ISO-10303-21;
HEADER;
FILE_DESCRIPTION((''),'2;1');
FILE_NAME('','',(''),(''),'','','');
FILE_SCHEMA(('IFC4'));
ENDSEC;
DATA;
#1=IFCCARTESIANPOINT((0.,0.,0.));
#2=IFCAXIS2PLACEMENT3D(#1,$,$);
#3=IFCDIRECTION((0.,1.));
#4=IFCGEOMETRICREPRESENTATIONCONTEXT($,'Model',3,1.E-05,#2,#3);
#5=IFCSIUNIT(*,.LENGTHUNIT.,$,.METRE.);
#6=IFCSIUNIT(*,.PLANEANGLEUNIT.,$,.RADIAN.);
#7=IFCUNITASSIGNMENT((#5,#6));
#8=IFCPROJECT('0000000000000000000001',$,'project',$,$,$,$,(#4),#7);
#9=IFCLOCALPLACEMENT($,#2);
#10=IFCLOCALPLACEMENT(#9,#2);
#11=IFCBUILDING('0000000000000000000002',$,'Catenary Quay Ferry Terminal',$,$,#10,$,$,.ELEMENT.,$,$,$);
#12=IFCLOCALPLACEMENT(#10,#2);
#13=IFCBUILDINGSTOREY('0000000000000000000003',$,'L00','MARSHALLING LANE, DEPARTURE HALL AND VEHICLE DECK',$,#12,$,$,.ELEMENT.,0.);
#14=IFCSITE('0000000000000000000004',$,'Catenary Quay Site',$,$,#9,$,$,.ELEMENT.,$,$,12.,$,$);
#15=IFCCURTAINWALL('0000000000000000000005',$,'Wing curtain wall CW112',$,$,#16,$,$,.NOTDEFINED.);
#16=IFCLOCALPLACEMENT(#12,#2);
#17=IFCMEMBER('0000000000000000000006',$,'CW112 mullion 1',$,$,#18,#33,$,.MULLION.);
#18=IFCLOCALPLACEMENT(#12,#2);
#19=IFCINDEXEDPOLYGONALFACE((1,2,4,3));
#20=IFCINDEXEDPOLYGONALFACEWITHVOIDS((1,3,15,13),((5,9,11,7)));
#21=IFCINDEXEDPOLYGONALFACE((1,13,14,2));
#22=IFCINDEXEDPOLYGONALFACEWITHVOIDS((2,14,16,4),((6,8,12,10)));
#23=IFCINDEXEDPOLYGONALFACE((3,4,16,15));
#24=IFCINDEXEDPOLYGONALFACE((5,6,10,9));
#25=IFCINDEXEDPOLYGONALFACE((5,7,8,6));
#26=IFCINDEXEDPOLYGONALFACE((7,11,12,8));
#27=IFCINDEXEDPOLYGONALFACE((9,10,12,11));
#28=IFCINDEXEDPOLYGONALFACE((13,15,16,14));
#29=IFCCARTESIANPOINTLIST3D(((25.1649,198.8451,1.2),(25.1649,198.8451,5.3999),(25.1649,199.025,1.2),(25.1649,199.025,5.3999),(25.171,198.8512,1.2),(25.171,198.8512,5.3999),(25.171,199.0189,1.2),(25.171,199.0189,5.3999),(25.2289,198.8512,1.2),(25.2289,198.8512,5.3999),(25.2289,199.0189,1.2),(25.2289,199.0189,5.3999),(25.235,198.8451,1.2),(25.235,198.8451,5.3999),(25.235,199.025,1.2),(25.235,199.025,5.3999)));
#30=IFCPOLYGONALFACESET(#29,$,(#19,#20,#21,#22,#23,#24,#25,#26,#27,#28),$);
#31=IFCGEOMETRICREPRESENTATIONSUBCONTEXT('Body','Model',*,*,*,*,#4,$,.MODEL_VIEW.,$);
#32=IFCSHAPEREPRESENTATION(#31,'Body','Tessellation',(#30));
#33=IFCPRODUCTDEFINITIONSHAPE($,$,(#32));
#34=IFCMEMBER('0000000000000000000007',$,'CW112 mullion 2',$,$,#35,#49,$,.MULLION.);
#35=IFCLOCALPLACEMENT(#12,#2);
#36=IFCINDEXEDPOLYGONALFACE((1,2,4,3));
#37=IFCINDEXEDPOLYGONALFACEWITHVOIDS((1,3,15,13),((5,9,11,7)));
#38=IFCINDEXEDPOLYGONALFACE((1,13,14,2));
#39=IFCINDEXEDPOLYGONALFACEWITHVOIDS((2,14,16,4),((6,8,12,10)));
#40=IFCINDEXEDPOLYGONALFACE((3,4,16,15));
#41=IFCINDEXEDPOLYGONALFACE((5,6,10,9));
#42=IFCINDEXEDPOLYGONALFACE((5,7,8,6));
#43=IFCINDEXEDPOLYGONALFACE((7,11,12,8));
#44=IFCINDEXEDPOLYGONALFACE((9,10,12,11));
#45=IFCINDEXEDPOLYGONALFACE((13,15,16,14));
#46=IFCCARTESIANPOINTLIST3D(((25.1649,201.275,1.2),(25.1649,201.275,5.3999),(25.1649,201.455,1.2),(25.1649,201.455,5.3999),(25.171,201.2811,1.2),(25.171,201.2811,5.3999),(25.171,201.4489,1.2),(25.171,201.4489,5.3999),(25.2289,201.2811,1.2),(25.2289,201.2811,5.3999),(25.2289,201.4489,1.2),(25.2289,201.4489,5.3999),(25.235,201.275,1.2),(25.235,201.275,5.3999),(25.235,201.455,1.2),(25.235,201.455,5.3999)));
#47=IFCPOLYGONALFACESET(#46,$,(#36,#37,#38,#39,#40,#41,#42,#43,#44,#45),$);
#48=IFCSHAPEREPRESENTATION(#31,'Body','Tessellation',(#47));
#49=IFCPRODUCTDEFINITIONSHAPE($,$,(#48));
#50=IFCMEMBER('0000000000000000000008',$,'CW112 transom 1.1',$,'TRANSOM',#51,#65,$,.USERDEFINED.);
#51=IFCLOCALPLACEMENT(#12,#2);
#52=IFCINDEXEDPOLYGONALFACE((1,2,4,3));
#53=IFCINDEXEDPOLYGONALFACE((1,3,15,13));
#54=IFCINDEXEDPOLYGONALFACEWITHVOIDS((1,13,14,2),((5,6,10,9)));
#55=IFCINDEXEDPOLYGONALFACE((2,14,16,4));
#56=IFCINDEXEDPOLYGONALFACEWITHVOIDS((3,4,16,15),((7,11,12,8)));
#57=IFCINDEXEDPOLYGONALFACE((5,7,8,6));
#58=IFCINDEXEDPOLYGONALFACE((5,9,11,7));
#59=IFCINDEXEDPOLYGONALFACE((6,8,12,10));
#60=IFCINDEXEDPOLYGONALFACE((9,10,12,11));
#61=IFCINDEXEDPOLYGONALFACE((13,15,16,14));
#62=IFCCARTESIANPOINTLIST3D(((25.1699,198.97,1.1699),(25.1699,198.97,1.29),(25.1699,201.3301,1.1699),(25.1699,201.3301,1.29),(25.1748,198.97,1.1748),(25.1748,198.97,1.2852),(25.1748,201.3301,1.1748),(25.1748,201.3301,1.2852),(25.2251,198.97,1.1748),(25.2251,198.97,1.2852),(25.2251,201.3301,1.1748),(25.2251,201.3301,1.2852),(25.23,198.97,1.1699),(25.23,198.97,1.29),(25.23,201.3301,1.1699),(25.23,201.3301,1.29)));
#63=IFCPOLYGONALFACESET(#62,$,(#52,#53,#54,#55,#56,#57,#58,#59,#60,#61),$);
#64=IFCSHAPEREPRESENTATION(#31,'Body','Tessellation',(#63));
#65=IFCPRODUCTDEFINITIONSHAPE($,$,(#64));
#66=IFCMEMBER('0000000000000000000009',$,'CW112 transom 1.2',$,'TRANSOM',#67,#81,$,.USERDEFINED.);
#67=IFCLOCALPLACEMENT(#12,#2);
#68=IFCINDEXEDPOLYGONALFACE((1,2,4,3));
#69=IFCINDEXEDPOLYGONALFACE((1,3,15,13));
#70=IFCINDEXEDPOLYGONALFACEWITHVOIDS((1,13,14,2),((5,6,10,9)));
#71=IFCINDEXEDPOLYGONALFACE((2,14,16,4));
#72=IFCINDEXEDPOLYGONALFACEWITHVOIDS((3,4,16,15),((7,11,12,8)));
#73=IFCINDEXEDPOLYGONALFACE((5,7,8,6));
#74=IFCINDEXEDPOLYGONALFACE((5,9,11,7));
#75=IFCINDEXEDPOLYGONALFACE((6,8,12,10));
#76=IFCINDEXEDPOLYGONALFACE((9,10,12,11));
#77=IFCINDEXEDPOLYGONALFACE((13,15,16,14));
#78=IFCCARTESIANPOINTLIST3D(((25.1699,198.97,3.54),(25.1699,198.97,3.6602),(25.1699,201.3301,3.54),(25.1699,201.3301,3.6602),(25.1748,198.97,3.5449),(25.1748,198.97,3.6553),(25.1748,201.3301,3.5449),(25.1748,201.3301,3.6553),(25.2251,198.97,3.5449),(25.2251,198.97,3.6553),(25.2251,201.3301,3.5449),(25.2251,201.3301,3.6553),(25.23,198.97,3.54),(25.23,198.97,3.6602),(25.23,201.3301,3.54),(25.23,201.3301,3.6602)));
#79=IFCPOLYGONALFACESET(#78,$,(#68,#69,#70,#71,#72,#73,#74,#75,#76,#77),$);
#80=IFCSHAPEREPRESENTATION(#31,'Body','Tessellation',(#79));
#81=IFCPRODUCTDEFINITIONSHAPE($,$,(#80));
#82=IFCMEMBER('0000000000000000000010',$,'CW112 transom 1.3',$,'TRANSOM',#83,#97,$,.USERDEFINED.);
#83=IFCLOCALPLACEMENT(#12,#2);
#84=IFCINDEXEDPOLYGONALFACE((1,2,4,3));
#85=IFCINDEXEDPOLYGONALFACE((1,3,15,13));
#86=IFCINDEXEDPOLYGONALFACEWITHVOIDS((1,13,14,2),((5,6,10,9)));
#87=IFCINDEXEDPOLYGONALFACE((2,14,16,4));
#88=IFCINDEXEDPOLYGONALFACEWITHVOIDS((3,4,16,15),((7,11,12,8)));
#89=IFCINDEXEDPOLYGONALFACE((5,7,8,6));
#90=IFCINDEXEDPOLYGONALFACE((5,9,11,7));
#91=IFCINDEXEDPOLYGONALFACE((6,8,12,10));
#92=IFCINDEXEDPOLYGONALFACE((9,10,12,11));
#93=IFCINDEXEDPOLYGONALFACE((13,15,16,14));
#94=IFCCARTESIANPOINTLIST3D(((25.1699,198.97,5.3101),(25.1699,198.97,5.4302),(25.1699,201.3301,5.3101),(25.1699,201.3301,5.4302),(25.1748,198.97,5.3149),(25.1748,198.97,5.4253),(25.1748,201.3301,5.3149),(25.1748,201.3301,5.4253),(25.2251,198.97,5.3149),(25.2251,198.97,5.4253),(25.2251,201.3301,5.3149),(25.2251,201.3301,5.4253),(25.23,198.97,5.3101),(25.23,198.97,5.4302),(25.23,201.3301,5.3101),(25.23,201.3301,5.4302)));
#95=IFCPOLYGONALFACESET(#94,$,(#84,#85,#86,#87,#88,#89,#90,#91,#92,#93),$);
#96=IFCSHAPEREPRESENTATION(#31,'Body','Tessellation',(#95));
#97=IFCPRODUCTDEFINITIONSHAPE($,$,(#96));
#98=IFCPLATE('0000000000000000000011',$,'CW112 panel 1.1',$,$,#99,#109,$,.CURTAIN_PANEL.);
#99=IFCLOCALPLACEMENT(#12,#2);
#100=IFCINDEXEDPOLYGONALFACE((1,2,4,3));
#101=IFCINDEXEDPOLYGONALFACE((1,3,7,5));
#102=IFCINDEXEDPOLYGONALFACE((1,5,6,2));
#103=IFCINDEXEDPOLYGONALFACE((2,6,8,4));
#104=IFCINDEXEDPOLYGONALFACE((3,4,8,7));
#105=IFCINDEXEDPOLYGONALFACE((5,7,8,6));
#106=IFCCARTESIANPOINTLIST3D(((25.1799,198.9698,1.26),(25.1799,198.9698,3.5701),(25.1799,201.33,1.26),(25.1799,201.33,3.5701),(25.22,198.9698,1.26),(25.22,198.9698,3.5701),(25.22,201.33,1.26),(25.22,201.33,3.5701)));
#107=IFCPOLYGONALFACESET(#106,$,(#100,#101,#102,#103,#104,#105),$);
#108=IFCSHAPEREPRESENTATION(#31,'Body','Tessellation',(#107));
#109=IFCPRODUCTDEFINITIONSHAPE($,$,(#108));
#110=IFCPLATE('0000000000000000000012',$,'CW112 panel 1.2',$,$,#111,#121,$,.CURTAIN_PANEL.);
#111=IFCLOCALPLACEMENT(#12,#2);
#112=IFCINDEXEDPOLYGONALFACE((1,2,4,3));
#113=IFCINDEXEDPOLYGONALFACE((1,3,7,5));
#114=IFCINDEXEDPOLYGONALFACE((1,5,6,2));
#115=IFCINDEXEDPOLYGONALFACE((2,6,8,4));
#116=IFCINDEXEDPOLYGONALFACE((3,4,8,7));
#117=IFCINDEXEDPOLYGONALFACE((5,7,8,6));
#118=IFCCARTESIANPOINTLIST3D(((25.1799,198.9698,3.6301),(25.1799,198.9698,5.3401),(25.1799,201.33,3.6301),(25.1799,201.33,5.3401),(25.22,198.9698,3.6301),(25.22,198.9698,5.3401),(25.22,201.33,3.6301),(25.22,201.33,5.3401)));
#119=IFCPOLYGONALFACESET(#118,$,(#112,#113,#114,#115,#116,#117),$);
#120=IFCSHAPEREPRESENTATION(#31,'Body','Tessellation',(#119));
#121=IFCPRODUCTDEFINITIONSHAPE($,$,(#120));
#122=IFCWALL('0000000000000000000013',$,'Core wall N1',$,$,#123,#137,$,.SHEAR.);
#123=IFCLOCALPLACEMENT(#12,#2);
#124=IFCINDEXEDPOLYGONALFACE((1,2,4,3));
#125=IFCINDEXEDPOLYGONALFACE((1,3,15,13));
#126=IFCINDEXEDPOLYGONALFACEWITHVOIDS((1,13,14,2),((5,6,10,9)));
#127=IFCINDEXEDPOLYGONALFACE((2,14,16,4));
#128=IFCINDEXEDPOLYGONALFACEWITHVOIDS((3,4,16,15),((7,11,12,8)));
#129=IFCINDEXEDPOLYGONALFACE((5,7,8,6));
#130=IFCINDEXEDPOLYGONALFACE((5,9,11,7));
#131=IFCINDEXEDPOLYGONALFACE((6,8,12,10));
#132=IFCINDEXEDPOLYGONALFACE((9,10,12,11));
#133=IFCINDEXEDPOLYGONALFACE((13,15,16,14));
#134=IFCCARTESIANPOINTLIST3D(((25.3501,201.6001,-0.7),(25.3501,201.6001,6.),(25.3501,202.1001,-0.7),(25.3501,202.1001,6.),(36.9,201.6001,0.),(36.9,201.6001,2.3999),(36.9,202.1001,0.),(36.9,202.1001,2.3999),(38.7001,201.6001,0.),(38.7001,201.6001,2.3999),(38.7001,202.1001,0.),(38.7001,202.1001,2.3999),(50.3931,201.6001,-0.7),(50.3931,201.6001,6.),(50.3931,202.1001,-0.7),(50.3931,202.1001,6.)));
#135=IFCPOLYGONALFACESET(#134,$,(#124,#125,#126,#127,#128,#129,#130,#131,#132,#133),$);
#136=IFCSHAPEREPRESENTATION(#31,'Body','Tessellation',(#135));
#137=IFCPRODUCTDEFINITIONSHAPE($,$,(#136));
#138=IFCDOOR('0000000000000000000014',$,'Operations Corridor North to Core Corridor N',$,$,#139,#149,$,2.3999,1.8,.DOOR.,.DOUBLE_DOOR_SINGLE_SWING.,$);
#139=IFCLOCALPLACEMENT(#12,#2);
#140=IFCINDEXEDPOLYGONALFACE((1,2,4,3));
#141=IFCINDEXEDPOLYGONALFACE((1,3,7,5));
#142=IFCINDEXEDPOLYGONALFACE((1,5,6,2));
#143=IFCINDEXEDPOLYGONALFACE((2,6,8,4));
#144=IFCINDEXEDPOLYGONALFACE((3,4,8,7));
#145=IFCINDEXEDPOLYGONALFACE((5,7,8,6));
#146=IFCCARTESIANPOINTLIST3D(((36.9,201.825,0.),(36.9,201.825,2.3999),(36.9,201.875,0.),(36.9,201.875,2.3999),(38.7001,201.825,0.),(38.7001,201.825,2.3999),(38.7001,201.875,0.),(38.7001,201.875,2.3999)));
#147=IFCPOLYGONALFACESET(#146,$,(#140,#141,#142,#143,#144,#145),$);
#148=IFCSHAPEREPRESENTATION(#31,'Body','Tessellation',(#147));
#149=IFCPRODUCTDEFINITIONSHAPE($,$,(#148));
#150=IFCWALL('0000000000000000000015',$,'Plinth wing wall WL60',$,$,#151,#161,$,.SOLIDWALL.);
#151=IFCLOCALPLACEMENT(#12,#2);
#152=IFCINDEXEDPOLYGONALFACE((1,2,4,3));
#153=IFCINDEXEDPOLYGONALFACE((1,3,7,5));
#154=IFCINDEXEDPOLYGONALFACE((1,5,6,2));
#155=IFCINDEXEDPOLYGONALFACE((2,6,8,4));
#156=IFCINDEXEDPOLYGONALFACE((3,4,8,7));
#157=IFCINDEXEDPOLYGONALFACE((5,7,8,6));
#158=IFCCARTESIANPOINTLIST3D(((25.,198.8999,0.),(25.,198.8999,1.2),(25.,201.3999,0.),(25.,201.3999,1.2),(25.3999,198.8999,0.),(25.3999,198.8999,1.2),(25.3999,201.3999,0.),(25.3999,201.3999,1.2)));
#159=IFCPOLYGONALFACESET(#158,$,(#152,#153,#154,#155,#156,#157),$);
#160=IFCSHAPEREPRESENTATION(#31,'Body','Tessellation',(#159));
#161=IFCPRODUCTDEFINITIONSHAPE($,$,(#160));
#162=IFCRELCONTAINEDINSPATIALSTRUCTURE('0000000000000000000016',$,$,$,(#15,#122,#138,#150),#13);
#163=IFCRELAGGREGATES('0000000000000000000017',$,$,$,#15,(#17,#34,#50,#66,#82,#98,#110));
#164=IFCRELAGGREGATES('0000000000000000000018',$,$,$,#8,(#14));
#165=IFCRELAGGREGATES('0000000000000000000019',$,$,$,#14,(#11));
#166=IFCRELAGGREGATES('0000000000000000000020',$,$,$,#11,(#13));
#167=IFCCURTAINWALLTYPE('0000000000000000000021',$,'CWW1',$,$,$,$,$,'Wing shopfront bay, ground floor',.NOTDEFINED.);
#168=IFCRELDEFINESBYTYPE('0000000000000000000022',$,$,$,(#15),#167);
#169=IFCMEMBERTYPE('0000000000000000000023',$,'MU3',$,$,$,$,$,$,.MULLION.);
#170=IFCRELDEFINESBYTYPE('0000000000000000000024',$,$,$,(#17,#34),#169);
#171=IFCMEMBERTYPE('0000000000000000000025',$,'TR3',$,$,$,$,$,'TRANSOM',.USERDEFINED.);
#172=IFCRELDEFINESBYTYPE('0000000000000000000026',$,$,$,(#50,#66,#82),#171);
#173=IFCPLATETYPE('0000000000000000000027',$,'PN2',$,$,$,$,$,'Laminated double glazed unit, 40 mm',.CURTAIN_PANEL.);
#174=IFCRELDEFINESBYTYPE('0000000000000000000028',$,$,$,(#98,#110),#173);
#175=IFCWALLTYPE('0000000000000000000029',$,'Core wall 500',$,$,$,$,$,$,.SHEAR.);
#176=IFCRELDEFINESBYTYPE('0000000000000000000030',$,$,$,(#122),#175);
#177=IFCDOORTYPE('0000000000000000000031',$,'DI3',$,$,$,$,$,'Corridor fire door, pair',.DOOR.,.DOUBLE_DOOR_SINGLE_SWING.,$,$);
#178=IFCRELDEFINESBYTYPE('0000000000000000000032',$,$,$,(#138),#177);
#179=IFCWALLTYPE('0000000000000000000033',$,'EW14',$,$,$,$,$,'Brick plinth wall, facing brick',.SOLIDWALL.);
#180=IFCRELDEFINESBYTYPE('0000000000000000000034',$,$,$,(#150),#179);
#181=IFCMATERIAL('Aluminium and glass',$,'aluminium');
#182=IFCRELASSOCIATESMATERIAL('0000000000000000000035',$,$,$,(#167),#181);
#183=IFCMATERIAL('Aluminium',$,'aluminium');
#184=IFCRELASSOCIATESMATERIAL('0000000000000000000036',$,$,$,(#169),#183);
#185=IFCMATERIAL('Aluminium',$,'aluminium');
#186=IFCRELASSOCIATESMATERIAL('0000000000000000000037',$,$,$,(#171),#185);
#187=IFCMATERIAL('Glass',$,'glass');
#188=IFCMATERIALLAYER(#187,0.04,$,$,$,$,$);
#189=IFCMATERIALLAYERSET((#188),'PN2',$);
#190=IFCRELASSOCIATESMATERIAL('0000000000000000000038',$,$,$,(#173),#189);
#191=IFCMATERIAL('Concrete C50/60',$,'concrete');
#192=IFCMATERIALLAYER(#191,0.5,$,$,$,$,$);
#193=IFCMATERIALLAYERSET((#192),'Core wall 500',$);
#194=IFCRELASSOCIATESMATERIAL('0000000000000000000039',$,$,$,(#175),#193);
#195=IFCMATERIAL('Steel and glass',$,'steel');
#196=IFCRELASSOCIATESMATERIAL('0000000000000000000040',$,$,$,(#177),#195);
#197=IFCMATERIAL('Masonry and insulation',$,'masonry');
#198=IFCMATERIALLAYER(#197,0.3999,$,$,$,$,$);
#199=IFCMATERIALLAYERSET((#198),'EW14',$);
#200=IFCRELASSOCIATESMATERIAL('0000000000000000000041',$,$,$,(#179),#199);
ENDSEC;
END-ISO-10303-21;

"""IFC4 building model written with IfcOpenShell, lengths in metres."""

from ifc_helpers import new_model, si_unit, direction, frame, frame_2d, origin, origin_2d, place, context, subcontext, project, spatial, rectangle, hollow_rectangle, extrude, material, layer, layer_set, material_profile, profile_set, type_object, element, fill, aggregate, save


model = new_model("IFC4")

# Units and contexts
model_context = context("Model", 3, precision=1e-05, world=origin(), true_north=direction((0.0, 1.0)))
body_context = subcontext(model_context, "Body", "Model", "MODEL_VIEW")
ifc_project = project(units=[si_unit("LENGTHUNIT", "METRE"), si_unit("PLANEANGLEUNIT", "RADIAN")], contexts=[model_context])

# Site, building, storey
site_placement = place(None, origin())
site = spatial("IfcSite", under=ifc_project, at=site_placement, Name="Catenary Quay Site", CompositionType="ELEMENT", RefElevation=12.0)
building_placement = place(site_placement, origin())
building = spatial("IfcBuilding", under=site, at=building_placement, Name="Catenary Quay Ferry Terminal", CompositionType="ELEMENT")
storey_placement = place(building_placement, origin())
storey = spatial("IfcBuildingStorey", under=building, at=storey_placement, Name="L00", Description="MARSHALLING LANE, DEPARTURE HALL AND VEHICLE DECK", CompositionType="ELEMENT", Elevation=0.0)

# Shared definitions
ifc_material_1 = material(Name="Aluminium and glass", Category="aluminium")
curtain_wall_type = type_object("IfcCurtainWallType", Name="CWW1", ElementType="Wing shopfront bay, ground floor", PredefinedType="NOTDEFINED", material=ifc_material_1)
ifc_material_2 = material(Name="Aluminium", Category="aluminium")
ifc_material_profile_1 = material_profile(ifc_material_2, hollow_rectangle(XDim=0.0701, YDim=0.1799, WallThickness=0.0061, at=origin_2d()), Name="MU3")
ifc_profile_set_1 = profile_set([ifc_material_profile_1], Name="Aluminium")
member_type_1 = type_object("IfcMemberType", Name="MU3", PredefinedType="MULLION", material=ifc_profile_set_1)

# Curtain wall, members, plates
curtain_wall_1_placement = place(storey_placement, origin())
curtain_wall_1 = element("IfcCurtainWall", 1, at=curtain_wall_1_placement, inside=storey, type_object=curtain_wall_type, Name="Wing curtain wall CW112", PredefinedType="NOTDEFINED")
member_1_placement = place(storey_placement, frame((25.2, 198.9351, 1.2), z_axis=(0.0, 0.0, 1.0), x_axis=(-1.0, 0.0, 0.0)))
member_1 = element("IfcMember", 2, at=member_1_placement, type_object=member_type_1, Name="CW112 mullion 1", PredefinedType="MULLION", context=body_context, shape_type="SweptSolid", body=[
    extrude(hollow_rectangle(XDim=0.0701, YDim=0.1799, WallThickness=0.0061, at=origin_2d()), origin(), (0.0, 0.0, 1.0), 4.2),
])
member_2_placement = place(storey_placement, frame((25.2, 201.365, 1.2), z_axis=(0.0, 0.0, 1.0), x_axis=(-1.0, 0.0, 0.0)))
member_2 = element("IfcMember", 3, at=member_2_placement, type_object=member_type_1, Name="CW112 mullion 2", PredefinedType="MULLION", context=body_context, shape_type="SweptSolid", body=[
    extrude(hollow_rectangle(XDim=0.0701, YDim=0.1799, WallThickness=0.0061, at=origin_2d()), origin(), (0.0, 0.0, 1.0), 4.2),
])
ifc_material_3 = material(Name="Aluminium", Category="aluminium")
ifc_material_profile_2 = material_profile(ifc_material_3, hollow_rectangle(XDim=0.0601, YDim=0.1201, WallThickness=0.0049, at=origin_2d()), Name="TR3")
ifc_profile_set_2 = profile_set([ifc_material_profile_2], Name="Aluminium")
member_type_2 = type_object("IfcMemberType", Name="TR3", ElementType="TRANSOM", PredefinedType="USERDEFINED", material=ifc_profile_set_2)
member_3_placement = place(storey_placement, frame((25.2, 198.97, 1.23), z_axis=(0.0, 1.0, 0.0), x_axis=(-1.0, 0.0, 0.0)))
member_3 = element("IfcMember", 4, at=member_3_placement, type_object=member_type_2, Name="CW112 transom 1.1", ObjectType="TRANSOM", PredefinedType="USERDEFINED", context=body_context, shape_type="SweptSolid", body=[
    extrude(hollow_rectangle(XDim=0.0601, YDim=0.1201, WallThickness=0.0049, at=origin_2d()), origin(), (0.0, 0.0, 1.0), 2.3601),
])
member_4_placement = place(storey_placement, frame((25.2, 198.97, 3.6001), z_axis=(0.0, 1.0, 0.0), x_axis=(-1.0, 0.0, 0.0)))
member_4 = element("IfcMember", 5, at=member_4_placement, type_object=member_type_2, Name="CW112 transom 1.2", ObjectType="TRANSOM", PredefinedType="USERDEFINED", context=body_context, shape_type="SweptSolid", body=[
    extrude(hollow_rectangle(XDim=0.0601, YDim=0.1201, WallThickness=0.0049, at=origin_2d()), origin(), (0.0, 0.0, 1.0), 2.3601),
])
member_5_placement = place(storey_placement, frame((25.2, 198.97, 5.3701), z_axis=(0.0, 1.0, 0.0), x_axis=(-1.0, 0.0, 0.0)))
member_5 = element("IfcMember", 6, at=member_5_placement, type_object=member_type_2, Name="CW112 transom 1.3", ObjectType="TRANSOM", PredefinedType="USERDEFINED", context=body_context, shape_type="SweptSolid", body=[
    extrude(hollow_rectangle(XDim=0.0601, YDim=0.1201, WallThickness=0.0049, at=origin_2d()), origin(), (0.0, 0.0, 1.0), 2.3601),
])
ifc_material_4 = material(Name="Glass", Category="glass")
ifc_layer_1 = layer(ifc_material_4, 0.04)
ifc_layer_set_1 = layer_set([ifc_layer_1], Name="PN2")
plate_type = type_object("IfcPlateType", Name="PN2", ElementType="Laminated double glazed unit, 40 mm", PredefinedType="CURTAIN_PANEL", material=ifc_layer_set_1)
plate_1_placement = place(storey_placement, frame((25.2, 200.1499, 1.26), z_axis=(0.0, 0.0, 1.0), x_axis=(0.0, 1.0, 0.0)))
plate_1 = element("IfcPlate", 7, at=plate_1_placement, type_object=plate_type, Name="CW112 panel 1.1", PredefinedType="CURTAIN_PANEL", context=body_context, shape_type="SweptSolid", body=[
    extrude(rectangle(XDim=2.3601, YDim=0.04, at=origin_2d()), origin(), (0.0, 0.0, 1.0), 2.3101),
])
plate_2_placement = place(storey_placement, frame((25.2, 200.1499, 3.6301), z_axis=(0.0, 0.0, 1.0), x_axis=(0.0, 1.0, 0.0)))
plate_2 = element("IfcPlate", 8, at=plate_2_placement, type_object=plate_type, Name="CW112 panel 1.2", PredefinedType="CURTAIN_PANEL", context=body_context, shape_type="SweptSolid", body=[
    extrude(rectangle(XDim=2.3601, YDim=0.04, at=origin_2d()), origin(), (0.0, 0.0, 1.0), 1.71),
])
aggregate(curtain_wall_1, [member_1, member_2, member_3, member_4, member_5, plate_1, plate_2])

# Wall, opening, door
ifc_material_5 = material(Name="Concrete C50/60", Category="concrete")
ifc_layer_2 = layer(ifc_material_5, 0.5)
ifc_layer_set_2 = layer_set([ifc_layer_2], Name="Core wall 500")
wall_type_1 = type_object("IfcWallType", Name="Core wall 500", PredefinedType="SHEAR", material=ifc_layer_set_2)
wall_1_placement = place(storey_placement, frame((25.3501, 201.8501, -0.7), z_axis=(0.0, 0.0, 1.0), x_axis=(1.0, 0.0, 0.0)))
wall_1 = element("IfcWall", 9, at=wall_1_placement, inside=storey, type_object=wall_type_1, Name="Core wall N1", PredefinedType="SHEAR", context=body_context, shape_type="SweptSolid", body=[
    extrude(rectangle(XDim=25.043, YDim=0.5, at=frame_2d((12.5215, 0.0))), origin(), (0.0, 0.0, 1.0), 6.7),
])
opening_1_placement = place(wall_1_placement, frame((11.55, 0.0, 0.7)))
opening_1 = element("IfcOpeningElement", 10, at=opening_1_placement, cuts=wall_1, PredefinedType="OPENING", context=body_context, shape_type="SweptSolid", body=[
    extrude(rectangle(XDim=1.8, YDim=2.3999, at=frame_2d((0.8999, 1.2))), frame((0.0, 0.26, 0.0), z_axis=(0.0, -1.0, 0.0), x_axis=(1.0, 0.0, 0.0)), (0.0, 0.0, 1.0), 0.52),
])
ifc_material_6 = material(Name="Steel and glass", Category="steel")
door_type_1 = type_object("IfcDoorType", Name="DI3", ElementType="Corridor fire door, pair", OperationType="DOUBLE_DOOR_SINGLE_SWING", PredefinedType="DOOR", material=ifc_material_6)
door_1_placement = place(opening_1_placement, origin())
door_1 = element("IfcDoor", 11, at=door_1_placement, inside=storey, type_object=door_type_1, Name="Operations Corridor North to Core Corridor N", OperationType="DOUBLE_DOOR_SINGLE_SWING", OverallHeight=2.3999, OverallWidth=1.8, PredefinedType="DOOR", context=body_context, shape_type="SweptSolid", body=[
    extrude(rectangle(XDim=1.8, YDim=2.3999, at=frame_2d((0.8999, 1.2))), frame((0.0, 0.0249, 0.0), z_axis=(0.0, -1.0, 0.0), x_axis=(1.0, 0.0, 0.0)), (0.0, 0.0, 1.0), 0.05),
])
fill(opening_1, door_1)

# Wall
ifc_material_7 = material(Name="Masonry and insulation", Category="masonry")
ifc_layer_3 = layer(ifc_material_7, 0.3999)
ifc_layer_set_3 = layer_set([ifc_layer_3], Name="EW14")
wall_type_2 = type_object("IfcWallType", Name="EW14", ElementType="Brick plinth wall, facing brick", PredefinedType="SOLIDWALL", material=ifc_layer_set_3)
wall_2_placement = place(storey_placement, frame((25.2, 198.8999, 0.0), z_axis=(0.0, 0.0, 1.0), x_axis=(0.0, 1.0, 0.0)))
element("IfcWall", 12, at=wall_2_placement, inside=storey, type_object=wall_type_2, Name="Plinth wing wall WL60", PredefinedType="SOLIDWALL", context=body_context, shape_type="SweptSolid", body=[
    extrude(rectangle(XDim=2.5, YDim=0.3999, at=frame_2d((1.25, 0.0))), origin(), (0.0, 0.0, 1.0), 1.2),
])

save(model, "model.ifc")
